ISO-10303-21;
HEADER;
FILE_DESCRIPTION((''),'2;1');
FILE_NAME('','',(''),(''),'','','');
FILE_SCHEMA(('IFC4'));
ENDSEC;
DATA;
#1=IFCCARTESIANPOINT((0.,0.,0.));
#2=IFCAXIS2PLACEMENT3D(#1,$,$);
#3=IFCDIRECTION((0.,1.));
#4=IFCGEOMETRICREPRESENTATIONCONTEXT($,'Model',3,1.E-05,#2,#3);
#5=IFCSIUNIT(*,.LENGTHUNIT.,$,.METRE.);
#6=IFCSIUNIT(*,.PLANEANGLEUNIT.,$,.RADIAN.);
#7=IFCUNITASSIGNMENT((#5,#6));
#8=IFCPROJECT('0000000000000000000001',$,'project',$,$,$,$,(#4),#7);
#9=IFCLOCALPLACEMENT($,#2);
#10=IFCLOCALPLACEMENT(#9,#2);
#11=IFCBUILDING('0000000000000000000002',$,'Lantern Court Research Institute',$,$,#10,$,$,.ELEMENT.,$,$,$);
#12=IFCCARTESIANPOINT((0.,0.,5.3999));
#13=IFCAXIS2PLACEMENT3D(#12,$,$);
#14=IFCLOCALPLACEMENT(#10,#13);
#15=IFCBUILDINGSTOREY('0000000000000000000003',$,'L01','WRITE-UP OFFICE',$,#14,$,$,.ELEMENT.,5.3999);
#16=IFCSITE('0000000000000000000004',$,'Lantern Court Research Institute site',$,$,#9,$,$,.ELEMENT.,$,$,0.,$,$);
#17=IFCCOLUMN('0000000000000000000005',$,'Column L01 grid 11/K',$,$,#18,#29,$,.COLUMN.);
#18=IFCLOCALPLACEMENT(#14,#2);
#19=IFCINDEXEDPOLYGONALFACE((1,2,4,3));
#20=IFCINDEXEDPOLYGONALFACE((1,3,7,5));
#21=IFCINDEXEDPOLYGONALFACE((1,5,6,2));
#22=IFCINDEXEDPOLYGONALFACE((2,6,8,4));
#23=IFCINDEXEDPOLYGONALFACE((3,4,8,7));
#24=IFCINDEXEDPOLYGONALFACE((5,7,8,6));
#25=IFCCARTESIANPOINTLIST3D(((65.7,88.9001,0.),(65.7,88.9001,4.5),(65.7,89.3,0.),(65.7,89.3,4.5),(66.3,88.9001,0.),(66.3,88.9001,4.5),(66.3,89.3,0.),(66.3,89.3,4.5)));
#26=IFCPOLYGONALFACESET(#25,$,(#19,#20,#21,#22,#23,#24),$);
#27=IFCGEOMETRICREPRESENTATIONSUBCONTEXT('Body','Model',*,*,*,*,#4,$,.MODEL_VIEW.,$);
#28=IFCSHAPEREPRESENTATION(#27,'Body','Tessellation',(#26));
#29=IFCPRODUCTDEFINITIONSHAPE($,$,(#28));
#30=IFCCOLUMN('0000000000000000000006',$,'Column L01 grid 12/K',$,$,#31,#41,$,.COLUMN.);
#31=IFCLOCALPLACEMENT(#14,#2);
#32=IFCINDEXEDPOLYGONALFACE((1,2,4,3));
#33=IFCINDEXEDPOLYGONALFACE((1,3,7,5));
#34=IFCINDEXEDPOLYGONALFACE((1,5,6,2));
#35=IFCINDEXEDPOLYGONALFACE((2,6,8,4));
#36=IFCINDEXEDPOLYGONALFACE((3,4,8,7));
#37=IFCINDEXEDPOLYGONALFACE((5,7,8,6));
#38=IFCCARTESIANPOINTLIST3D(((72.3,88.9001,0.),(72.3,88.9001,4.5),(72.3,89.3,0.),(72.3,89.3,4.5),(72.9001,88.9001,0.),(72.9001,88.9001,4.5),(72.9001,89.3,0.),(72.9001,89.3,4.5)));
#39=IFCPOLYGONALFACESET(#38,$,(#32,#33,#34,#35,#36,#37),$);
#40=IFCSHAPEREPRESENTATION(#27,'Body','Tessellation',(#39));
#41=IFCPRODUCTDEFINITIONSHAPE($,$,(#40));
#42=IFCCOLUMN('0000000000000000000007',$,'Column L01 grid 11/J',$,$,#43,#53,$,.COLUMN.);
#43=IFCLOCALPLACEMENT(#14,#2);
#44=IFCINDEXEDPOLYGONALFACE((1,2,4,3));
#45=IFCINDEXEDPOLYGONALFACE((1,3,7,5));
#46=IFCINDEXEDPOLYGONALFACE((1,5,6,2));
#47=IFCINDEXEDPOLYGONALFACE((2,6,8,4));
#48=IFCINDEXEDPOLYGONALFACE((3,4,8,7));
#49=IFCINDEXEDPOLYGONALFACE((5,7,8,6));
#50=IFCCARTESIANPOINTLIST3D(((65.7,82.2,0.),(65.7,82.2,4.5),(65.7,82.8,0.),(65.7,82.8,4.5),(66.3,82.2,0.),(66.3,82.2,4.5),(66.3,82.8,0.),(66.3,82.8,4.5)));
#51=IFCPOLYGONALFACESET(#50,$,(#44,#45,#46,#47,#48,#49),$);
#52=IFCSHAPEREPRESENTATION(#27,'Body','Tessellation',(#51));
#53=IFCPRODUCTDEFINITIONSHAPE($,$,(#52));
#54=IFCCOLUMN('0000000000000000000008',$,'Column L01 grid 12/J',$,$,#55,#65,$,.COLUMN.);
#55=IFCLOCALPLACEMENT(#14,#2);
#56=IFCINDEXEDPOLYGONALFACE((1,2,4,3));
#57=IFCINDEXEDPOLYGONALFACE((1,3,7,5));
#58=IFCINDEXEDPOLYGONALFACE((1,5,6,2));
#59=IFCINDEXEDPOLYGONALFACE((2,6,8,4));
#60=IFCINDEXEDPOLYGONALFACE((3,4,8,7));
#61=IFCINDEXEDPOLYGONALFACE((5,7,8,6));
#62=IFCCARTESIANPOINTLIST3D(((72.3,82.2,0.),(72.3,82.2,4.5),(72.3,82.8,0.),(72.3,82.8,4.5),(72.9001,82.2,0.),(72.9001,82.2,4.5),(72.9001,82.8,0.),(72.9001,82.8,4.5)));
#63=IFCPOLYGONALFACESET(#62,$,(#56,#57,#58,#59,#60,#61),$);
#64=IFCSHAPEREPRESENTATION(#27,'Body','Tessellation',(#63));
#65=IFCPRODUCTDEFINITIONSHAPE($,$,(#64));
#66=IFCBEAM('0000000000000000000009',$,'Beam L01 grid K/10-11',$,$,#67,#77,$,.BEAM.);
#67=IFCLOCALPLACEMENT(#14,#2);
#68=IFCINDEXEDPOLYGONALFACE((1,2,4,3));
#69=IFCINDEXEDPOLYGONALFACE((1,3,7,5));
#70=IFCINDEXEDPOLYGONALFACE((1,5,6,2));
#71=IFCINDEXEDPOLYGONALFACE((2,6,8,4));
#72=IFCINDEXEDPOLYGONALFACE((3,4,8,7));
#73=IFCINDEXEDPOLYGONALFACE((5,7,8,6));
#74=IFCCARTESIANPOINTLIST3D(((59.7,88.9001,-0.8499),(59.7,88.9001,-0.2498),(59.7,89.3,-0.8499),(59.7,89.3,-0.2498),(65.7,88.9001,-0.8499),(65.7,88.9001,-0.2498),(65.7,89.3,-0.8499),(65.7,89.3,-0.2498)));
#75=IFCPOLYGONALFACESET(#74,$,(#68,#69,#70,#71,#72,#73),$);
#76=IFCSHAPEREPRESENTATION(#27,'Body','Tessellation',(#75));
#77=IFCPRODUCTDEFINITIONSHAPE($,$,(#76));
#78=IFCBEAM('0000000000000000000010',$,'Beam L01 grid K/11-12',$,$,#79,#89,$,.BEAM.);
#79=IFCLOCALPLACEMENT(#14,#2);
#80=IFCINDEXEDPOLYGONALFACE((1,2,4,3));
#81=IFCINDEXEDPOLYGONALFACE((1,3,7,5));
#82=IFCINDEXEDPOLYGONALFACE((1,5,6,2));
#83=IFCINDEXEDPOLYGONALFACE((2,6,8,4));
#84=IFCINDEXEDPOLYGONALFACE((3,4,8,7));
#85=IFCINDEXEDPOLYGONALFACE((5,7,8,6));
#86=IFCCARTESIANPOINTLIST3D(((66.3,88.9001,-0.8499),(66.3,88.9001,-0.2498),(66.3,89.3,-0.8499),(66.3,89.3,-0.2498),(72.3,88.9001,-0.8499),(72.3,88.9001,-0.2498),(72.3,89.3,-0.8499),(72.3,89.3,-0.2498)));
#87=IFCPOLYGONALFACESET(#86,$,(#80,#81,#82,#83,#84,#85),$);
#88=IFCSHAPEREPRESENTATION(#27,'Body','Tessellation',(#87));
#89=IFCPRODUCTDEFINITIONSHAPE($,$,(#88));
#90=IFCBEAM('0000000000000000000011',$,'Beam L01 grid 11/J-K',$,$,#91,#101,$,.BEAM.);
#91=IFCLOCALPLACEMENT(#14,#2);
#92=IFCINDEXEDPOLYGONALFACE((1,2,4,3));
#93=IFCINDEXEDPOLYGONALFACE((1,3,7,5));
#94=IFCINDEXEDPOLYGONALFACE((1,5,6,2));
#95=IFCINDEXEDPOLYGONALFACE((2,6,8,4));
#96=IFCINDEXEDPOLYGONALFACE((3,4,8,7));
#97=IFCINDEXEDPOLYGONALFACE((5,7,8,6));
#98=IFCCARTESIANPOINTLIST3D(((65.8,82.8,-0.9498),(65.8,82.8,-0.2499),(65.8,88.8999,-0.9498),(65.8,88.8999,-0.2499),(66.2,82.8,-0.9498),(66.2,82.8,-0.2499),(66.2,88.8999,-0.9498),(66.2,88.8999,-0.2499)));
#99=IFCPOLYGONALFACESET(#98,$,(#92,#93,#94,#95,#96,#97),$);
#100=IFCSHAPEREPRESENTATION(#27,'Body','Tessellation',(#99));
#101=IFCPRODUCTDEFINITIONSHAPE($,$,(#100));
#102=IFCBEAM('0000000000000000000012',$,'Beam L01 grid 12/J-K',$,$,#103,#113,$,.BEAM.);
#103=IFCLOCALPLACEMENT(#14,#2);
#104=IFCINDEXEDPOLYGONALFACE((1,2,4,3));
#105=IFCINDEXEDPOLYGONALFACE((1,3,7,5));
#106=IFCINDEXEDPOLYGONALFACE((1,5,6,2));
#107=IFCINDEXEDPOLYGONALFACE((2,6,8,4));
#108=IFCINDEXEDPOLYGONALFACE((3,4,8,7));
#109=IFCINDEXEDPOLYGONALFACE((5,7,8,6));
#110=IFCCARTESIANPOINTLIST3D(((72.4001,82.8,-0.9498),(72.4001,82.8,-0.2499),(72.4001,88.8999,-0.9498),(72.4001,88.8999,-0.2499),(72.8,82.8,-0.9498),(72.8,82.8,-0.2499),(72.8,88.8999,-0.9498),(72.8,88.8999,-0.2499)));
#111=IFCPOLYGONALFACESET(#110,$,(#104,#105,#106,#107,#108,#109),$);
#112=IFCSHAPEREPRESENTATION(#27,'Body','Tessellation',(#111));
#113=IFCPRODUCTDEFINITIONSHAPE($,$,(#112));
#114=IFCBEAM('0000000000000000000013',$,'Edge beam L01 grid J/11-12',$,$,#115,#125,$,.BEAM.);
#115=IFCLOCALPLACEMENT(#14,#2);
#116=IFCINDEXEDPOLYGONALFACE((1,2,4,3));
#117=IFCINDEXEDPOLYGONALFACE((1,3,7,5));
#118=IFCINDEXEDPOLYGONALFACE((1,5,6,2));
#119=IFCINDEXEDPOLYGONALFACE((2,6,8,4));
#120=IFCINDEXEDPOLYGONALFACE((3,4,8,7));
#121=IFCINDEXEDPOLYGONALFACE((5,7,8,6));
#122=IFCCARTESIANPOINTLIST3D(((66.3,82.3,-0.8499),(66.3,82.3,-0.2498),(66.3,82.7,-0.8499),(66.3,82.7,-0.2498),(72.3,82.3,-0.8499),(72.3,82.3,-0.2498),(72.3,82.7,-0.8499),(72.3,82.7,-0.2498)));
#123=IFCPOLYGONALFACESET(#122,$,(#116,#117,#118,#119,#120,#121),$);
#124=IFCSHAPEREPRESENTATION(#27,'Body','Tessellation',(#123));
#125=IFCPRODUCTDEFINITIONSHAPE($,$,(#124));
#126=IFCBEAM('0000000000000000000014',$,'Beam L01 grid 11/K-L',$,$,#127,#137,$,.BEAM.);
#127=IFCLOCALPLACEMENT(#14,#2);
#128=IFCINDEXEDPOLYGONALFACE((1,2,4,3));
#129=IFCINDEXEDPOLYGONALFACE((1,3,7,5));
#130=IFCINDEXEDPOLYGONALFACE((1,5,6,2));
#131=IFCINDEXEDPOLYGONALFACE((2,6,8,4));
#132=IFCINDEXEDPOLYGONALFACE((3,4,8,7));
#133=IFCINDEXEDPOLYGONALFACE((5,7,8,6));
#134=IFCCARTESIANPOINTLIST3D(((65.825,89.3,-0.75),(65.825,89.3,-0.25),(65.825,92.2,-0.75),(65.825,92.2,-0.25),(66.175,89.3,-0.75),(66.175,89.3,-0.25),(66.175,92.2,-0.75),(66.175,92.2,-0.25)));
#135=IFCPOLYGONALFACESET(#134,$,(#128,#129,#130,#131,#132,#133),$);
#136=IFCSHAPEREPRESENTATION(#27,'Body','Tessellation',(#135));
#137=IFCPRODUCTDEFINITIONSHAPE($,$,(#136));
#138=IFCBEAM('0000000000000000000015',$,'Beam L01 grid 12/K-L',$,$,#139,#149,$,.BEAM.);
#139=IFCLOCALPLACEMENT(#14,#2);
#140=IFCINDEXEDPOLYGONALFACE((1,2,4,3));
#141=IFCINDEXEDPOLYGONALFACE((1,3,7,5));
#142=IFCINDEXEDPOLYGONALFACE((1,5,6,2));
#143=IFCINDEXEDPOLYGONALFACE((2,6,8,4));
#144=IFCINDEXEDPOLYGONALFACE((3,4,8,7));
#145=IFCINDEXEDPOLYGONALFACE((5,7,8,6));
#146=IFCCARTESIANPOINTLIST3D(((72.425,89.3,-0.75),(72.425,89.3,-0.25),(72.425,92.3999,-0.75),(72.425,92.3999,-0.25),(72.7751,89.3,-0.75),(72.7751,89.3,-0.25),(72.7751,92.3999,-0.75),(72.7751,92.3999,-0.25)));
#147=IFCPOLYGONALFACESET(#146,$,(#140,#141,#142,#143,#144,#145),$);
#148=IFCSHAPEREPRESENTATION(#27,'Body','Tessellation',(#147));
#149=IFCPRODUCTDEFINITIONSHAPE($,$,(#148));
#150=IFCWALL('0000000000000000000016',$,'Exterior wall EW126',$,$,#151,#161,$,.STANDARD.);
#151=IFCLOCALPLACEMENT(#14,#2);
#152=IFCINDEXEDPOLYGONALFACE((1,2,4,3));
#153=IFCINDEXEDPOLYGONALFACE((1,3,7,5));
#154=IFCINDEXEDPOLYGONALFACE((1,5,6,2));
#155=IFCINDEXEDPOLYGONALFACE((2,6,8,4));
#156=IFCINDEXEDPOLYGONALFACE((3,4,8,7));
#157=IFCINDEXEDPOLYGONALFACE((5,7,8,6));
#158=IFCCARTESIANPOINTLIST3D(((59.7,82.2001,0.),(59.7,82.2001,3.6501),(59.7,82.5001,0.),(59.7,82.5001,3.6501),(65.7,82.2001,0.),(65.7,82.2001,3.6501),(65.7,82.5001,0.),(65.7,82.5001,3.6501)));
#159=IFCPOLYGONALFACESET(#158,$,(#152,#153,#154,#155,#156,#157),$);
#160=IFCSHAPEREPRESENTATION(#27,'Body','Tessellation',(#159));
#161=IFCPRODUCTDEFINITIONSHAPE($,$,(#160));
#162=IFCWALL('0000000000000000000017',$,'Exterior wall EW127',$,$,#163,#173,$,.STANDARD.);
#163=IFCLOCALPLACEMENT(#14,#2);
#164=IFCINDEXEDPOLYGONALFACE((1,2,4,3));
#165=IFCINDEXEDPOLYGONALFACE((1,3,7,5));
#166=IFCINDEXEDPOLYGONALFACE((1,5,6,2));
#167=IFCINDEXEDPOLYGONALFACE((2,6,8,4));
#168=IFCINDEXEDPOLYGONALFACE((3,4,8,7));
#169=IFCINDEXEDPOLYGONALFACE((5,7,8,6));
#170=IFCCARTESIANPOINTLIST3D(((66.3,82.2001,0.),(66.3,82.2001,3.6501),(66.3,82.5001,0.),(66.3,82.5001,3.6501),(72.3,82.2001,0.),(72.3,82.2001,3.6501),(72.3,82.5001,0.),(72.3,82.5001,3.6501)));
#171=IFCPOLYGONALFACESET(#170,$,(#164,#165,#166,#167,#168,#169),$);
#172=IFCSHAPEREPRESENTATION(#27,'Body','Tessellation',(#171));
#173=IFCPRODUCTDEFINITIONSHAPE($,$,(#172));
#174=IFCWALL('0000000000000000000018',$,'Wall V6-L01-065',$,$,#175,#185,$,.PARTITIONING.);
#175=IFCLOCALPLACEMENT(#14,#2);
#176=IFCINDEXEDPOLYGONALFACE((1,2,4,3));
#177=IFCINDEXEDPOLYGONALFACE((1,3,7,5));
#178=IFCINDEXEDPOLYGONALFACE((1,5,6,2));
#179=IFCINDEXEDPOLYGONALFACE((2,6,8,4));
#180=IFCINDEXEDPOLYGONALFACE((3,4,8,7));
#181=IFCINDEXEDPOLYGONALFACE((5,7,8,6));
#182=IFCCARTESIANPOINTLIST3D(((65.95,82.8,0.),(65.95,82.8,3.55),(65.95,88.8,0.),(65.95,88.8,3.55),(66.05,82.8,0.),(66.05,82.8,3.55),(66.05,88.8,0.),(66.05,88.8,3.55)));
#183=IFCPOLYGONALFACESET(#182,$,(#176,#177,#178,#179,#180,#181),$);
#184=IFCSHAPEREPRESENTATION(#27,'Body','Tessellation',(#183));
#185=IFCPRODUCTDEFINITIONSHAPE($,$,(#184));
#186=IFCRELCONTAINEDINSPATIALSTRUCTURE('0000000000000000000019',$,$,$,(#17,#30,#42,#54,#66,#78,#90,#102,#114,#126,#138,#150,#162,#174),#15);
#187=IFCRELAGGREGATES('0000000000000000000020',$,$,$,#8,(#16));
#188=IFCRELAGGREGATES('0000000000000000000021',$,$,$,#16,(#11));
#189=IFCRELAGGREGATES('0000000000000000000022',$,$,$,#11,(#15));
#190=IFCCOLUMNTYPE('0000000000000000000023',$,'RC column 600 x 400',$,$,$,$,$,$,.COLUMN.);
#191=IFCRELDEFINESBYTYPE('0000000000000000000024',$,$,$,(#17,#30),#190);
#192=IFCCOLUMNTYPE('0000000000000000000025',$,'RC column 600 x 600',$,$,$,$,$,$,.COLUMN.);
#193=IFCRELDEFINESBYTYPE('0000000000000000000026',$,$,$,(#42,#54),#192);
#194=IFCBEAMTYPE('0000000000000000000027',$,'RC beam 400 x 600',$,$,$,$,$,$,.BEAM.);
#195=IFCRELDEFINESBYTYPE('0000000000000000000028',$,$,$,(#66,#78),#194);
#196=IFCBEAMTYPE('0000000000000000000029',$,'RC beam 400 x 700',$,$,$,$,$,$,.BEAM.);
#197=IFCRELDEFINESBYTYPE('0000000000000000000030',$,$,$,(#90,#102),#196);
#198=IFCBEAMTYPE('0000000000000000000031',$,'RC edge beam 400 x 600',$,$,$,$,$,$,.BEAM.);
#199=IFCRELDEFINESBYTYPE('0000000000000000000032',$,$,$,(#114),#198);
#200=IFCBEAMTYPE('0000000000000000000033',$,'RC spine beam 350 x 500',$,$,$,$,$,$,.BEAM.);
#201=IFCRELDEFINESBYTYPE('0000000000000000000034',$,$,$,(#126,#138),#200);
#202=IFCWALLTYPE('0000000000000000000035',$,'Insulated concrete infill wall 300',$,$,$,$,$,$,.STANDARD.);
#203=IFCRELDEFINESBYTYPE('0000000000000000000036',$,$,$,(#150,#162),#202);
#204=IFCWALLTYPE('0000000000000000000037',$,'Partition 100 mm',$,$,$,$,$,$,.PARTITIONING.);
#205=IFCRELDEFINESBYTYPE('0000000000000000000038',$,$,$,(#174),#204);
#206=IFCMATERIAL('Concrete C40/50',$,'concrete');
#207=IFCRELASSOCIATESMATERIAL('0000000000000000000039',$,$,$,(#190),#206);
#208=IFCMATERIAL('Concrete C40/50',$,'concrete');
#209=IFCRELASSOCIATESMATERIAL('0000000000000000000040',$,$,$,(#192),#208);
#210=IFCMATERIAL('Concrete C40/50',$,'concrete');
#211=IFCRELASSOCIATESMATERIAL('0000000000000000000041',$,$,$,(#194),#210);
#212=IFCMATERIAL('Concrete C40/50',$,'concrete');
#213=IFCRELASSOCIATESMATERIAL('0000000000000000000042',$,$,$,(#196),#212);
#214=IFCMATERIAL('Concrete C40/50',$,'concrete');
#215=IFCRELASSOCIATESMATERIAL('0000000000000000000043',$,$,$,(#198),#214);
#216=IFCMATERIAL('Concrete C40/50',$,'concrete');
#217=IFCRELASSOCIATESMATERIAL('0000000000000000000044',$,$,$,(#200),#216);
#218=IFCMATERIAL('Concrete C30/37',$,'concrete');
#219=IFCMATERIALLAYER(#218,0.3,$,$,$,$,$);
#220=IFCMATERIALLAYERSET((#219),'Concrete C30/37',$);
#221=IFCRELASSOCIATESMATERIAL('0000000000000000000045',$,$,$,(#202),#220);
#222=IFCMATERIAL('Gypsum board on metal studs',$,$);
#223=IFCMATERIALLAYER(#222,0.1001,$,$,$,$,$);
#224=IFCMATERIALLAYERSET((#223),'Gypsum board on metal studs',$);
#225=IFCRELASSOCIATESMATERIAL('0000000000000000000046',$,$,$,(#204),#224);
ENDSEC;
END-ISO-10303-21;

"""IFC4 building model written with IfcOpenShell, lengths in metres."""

from ifc_helpers import new_model, si_unit, direction, frame, frame_2d, origin, origin_2d, place, context, subcontext, project, spatial, rectangle, extrude, material, layer, layer_set, material_profile, profile_set, type_object, element, save


model = new_model("IFC4")

# Units and contexts
model_context = context("Model", 3, precision=1e-05, world=origin(), true_north=direction((0.0, 1.0)))
body_context = subcontext(model_context, "Body", "Model", "MODEL_VIEW")
ifc_project = project(units=[si_unit("LENGTHUNIT", "METRE"), si_unit("PLANEANGLEUNIT", "RADIAN")], contexts=[model_context])

# Site, building, storey
site_placement = place(None, origin())
site = spatial("IfcSite", under=ifc_project, at=site_placement, Name="Lantern Court Research Institute site", CompositionType="ELEMENT", RefElevation=0.0)
building_placement = place(site_placement, origin())
building = spatial("IfcBuilding", under=site, at=building_placement, Name="Lantern Court Research Institute", CompositionType="ELEMENT")
storey_placement = place(building_placement, frame((0.0, 0.0, 5.3999)))
storey = spatial("IfcBuildingStorey", under=building, at=storey_placement, Name="L01", Description="WRITE-UP OFFICE", CompositionType="ELEMENT", Elevation=5.3999)

# Columns
ifc_material_1 = material(Name="Concrete C40/50", Category="concrete")
ifc_material_profile_1 = material_profile(ifc_material_1, rectangle(XDim=0.6001, YDim=0.3999, at=origin_2d()), Name="RC column 600 x 400")
ifc_profile_set_1 = profile_set([ifc_material_profile_1], Name="Concrete C40/50")
column_type_1 = type_object("IfcColumnType", Name="RC column 600 x 400", PredefinedType="COLUMN", material=ifc_profile_set_1)
for number, where, z_axis, x_axis, name in (
    (1, (66.0, 89.1001, 0.0), (0.0, 0.0, 1.0), (1.0, 0.0, 0.0), "Column L01 grid 11/K"),
    (2, (72.6001, 89.1001, 0.0), (0.0, 0.0, 1.0), (1.0, 0.0, 0.0), "Column L01 grid 12/K"),
):
    element("IfcColumn", number, at=place(storey_placement, frame(where, z_axis=z_axis, x_axis=x_axis)), inside=storey, type_object=column_type_1, Name=name, PredefinedType="COLUMN", context=body_context, shape_type="SweptSolid", body=[
        extrude(rectangle(XDim=0.6001, YDim=0.3999, at=origin_2d()), origin(), (0.0, 0.0, 1.0), 4.5),
    ])
ifc_material_2 = material(Name="Concrete C40/50", Category="concrete")
ifc_material_profile_2 = material_profile(ifc_material_2, rectangle(XDim=0.6001, YDim=0.6001, at=origin_2d()), Name="RC column 600 x 600")
ifc_profile_set_2 = profile_set([ifc_material_profile_2], Name="Concrete C40/50")
column_type_2 = type_object("IfcColumnType", Name="RC column 600 x 600", PredefinedType="COLUMN", material=ifc_profile_set_2)
for number, where, z_axis, x_axis, name in (
    (3, (66.0, 82.5, 0.0), (0.0, 0.0, 1.0), (1.0, 0.0, 0.0), "Column L01 grid 11/J"),
    (4, (72.6001, 82.5, 0.0), (0.0, 0.0, 1.0), (1.0, 0.0, 0.0), "Column L01 grid 12/J"),
):
    element("IfcColumn", number, at=place(storey_placement, frame(where, z_axis=z_axis, x_axis=x_axis)), inside=storey, type_object=column_type_2, Name=name, PredefinedType="COLUMN", context=body_context, shape_type="SweptSolid", body=[
        extrude(rectangle(XDim=0.6001, YDim=0.6001, at=origin_2d()), origin(), (0.0, 0.0, 1.0), 4.5),
    ])

# Beams
ifc_material_3 = material(Name="Concrete C40/50", Category="concrete")
ifc_material_profile_3 = material_profile(ifc_material_3, rectangle(XDim=0.3999, YDim=0.6001, at=origin_2d()), Name="RC beam 400 x 600")
ifc_profile_set_3 = profile_set([ifc_material_profile_3], Name="Concrete C40/50")
beam_type_1 = type_object("IfcBeamType", Name="RC beam 400 x 600", PredefinedType="BEAM", material=ifc_profile_set_3)
for number, where, z_axis, x_axis, name in (
    (5, (59.7, 89.1001, -0.5498), (1.0, 0.0, 0.0), (0.0, 1.0, 0.0), "Beam L01 grid K/10-11"),
    (6, (66.3, 89.1001, -0.5498), (1.0, 0.0, 0.0), (0.0, 1.0, 0.0), "Beam L01 grid K/11-12"),
):
    element("IfcBeam", number, at=place(storey_placement, frame(where, z_axis=z_axis, x_axis=x_axis)), inside=storey, type_object=beam_type_1, Name=name, PredefinedType="BEAM", context=body_context, shape_type="SweptSolid", body=[
        extrude(rectangle(XDim=0.3999, YDim=0.6001, at=origin_2d()), origin(), (0.0, 0.0, 1.0), 6.0),
    ])
ifc_material_4 = material(Name="Concrete C40/50", Category="concrete")
ifc_material_profile_4 = material_profile(ifc_material_4, rectangle(XDim=0.3999, YDim=0.7, at=origin_2d()), Name="RC beam 400 x 700")
ifc_profile_set_4 = profile_set([ifc_material_profile_4], Name="Concrete C40/50")
beam_type_2 = type_object("IfcBeamType", Name="RC beam 400 x 700", PredefinedType="BEAM", material=ifc_profile_set_4)
for number, where, z_axis, x_axis, name in (
    (7, (66.0, 82.8, -0.5999), (0.0, 1.0, 0.0), (-1.0, 0.0, 0.0), "Beam L01 grid 11/J-K"),
    (8, (72.6001, 82.8, -0.5999), (0.0, 1.0, 0.0), (-1.0, 0.0, 0.0), "Beam L01 grid 12/J-K"),
):
    element("IfcBeam", number, at=place(storey_placement, frame(where, z_axis=z_axis, x_axis=x_axis)), inside=storey, type_object=beam_type_2, Name=name, PredefinedType="BEAM", context=body_context, shape_type="SweptSolid", body=[
        extrude(rectangle(XDim=0.3999, YDim=0.7, at=origin_2d()), origin(), (0.0, 0.0, 1.0), 6.0999),
    ])
ifc_material_5 = material(Name="Concrete C40/50", Category="concrete")
ifc_material_profile_5 = material_profile(ifc_material_5, rectangle(XDim=0.3999, YDim=0.6001, at=origin_2d()), Name="RC beam 400 x 600")
ifc_profile_set_5 = profile_set([ifc_material_profile_5], Name="Concrete C40/50")
beam_type_3 = type_object("IfcBeamType", Name="RC edge beam 400 x 600", PredefinedType="BEAM", material=ifc_profile_set_5)
beam_1_placement = place(storey_placement, frame((66.3, 82.5, -0.5498), z_axis=(1.0, 0.0, 0.0), x_axis=(0.0, 1.0, 0.0)))
element("IfcBeam", 9, at=beam_1_placement, inside=storey, type_object=beam_type_3, Name="Edge beam L01 grid J/11-12", PredefinedType="BEAM", context=body_context, shape_type="SweptSolid", body=[
    extrude(rectangle(XDim=0.3999, YDim=0.6001, at=origin_2d()), origin(), (0.0, 0.0, 1.0), 6.0),
])
ifc_material_6 = material(Name="Concrete C40/50", Category="concrete")
ifc_material_profile_6 = material_profile(ifc_material_6, rectangle(XDim=0.3501, YDim=0.5, at=origin_2d()), Name="RC beam 350 x 500")
ifc_profile_set_6 = profile_set([ifc_material_profile_6], Name="Concrete C40/50")
beam_type_4 = type_object("IfcBeamType", Name="RC spine beam 350 x 500", PredefinedType="BEAM", material=ifc_profile_set_6)
beam_2_placement = place(storey_placement, frame((66.0, 89.3, -0.5), z_axis=(0.0, 1.0, 0.0), x_axis=(-1.0, 0.0, 0.0)))
element("IfcBeam", 10, at=beam_2_placement, inside=storey, type_object=beam_type_4, Name="Beam L01 grid 11/K-L", PredefinedType="BEAM", context=body_context, shape_type="SweptSolid", body=[
    extrude(rectangle(XDim=0.3501, YDim=0.5, at=origin_2d()), origin(), (0.0, 0.0, 1.0), 2.8999),
])
beam_3_placement = place(storey_placement, frame((72.6001, 89.3, -0.5), z_axis=(0.0, 1.0, 0.0), x_axis=(-1.0, 0.0, 0.0)))
element("IfcBeam", 11, at=beam_3_placement, inside=storey, type_object=beam_type_4, Name="Beam L01 grid 12/K-L", PredefinedType="BEAM", context=body_context, shape_type="SweptSolid", body=[
    extrude(rectangle(XDim=0.3501, YDim=0.5, at=origin_2d()), origin(), (0.0, 0.0, 1.0), 3.0999),
])

# Walls
ifc_material_7 = material(Name="Concrete C30/37", Category="concrete")
ifc_layer_1 = layer(ifc_material_7, 0.3)
ifc_layer_set_1 = layer_set([ifc_layer_1], Name="Concrete C30/37")
wall_type_1 = type_object("IfcWallType", Name="Insulated concrete infill wall 300", PredefinedType="STANDARD", material=ifc_layer_set_1)
for number, where, z_axis, x_axis, name in (
    (12, (65.7, 82.3501, 0.0), (0.0, 0.0, 1.0), (-1.0, 0.0, 0.0), "Exterior wall EW126"),
    (13, (72.3, 82.3501, 0.0), (0.0, 0.0, 1.0), (-1.0, 0.0, 0.0), "Exterior wall EW127"),
):
    element("IfcWall", number, at=place(storey_placement, frame(where, z_axis=z_axis, x_axis=x_axis)), inside=storey, type_object=wall_type_1, Name=name, PredefinedType="STANDARD", context=body_context, shape_type="SweptSolid", body=[
        extrude(rectangle(XDim=6.0, YDim=0.3, at=frame_2d((3.0, 0.0))), origin(), (0.0, 0.0, 1.0), 3.6501),
    ])
ifc_material_8 = material(Name="Gypsum board on metal studs")
ifc_layer_2 = layer(ifc_material_8, 0.1001)
ifc_layer_set_2 = layer_set([ifc_layer_2], Name="Gypsum board on metal studs")
wall_type_2 = type_object("IfcWallType", Name="Partition 100 mm", PredefinedType="PARTITIONING", material=ifc_layer_set_2)
for number, where, z_axis, x_axis, name in (
    (14, (66.0, 82.8, 0.0), (0.0, 0.0, 1.0), (0.0, 1.0, 0.0), "Wall V6-L01-065"),
):
    element("IfcWall", number, at=place(storey_placement, frame(where, z_axis=z_axis, x_axis=x_axis)), inside=storey, type_object=wall_type_2, Name=name, PredefinedType="PARTITIONING", context=body_context, shape_type="SweptSolid", body=[
        extrude(rectangle(XDim=6.0, YDim=0.1001, at=frame_2d((3.0, 0.0))), origin(), (0.0, 0.0, 1.0), 3.55),
    ])

save(model, "model.ifc")
